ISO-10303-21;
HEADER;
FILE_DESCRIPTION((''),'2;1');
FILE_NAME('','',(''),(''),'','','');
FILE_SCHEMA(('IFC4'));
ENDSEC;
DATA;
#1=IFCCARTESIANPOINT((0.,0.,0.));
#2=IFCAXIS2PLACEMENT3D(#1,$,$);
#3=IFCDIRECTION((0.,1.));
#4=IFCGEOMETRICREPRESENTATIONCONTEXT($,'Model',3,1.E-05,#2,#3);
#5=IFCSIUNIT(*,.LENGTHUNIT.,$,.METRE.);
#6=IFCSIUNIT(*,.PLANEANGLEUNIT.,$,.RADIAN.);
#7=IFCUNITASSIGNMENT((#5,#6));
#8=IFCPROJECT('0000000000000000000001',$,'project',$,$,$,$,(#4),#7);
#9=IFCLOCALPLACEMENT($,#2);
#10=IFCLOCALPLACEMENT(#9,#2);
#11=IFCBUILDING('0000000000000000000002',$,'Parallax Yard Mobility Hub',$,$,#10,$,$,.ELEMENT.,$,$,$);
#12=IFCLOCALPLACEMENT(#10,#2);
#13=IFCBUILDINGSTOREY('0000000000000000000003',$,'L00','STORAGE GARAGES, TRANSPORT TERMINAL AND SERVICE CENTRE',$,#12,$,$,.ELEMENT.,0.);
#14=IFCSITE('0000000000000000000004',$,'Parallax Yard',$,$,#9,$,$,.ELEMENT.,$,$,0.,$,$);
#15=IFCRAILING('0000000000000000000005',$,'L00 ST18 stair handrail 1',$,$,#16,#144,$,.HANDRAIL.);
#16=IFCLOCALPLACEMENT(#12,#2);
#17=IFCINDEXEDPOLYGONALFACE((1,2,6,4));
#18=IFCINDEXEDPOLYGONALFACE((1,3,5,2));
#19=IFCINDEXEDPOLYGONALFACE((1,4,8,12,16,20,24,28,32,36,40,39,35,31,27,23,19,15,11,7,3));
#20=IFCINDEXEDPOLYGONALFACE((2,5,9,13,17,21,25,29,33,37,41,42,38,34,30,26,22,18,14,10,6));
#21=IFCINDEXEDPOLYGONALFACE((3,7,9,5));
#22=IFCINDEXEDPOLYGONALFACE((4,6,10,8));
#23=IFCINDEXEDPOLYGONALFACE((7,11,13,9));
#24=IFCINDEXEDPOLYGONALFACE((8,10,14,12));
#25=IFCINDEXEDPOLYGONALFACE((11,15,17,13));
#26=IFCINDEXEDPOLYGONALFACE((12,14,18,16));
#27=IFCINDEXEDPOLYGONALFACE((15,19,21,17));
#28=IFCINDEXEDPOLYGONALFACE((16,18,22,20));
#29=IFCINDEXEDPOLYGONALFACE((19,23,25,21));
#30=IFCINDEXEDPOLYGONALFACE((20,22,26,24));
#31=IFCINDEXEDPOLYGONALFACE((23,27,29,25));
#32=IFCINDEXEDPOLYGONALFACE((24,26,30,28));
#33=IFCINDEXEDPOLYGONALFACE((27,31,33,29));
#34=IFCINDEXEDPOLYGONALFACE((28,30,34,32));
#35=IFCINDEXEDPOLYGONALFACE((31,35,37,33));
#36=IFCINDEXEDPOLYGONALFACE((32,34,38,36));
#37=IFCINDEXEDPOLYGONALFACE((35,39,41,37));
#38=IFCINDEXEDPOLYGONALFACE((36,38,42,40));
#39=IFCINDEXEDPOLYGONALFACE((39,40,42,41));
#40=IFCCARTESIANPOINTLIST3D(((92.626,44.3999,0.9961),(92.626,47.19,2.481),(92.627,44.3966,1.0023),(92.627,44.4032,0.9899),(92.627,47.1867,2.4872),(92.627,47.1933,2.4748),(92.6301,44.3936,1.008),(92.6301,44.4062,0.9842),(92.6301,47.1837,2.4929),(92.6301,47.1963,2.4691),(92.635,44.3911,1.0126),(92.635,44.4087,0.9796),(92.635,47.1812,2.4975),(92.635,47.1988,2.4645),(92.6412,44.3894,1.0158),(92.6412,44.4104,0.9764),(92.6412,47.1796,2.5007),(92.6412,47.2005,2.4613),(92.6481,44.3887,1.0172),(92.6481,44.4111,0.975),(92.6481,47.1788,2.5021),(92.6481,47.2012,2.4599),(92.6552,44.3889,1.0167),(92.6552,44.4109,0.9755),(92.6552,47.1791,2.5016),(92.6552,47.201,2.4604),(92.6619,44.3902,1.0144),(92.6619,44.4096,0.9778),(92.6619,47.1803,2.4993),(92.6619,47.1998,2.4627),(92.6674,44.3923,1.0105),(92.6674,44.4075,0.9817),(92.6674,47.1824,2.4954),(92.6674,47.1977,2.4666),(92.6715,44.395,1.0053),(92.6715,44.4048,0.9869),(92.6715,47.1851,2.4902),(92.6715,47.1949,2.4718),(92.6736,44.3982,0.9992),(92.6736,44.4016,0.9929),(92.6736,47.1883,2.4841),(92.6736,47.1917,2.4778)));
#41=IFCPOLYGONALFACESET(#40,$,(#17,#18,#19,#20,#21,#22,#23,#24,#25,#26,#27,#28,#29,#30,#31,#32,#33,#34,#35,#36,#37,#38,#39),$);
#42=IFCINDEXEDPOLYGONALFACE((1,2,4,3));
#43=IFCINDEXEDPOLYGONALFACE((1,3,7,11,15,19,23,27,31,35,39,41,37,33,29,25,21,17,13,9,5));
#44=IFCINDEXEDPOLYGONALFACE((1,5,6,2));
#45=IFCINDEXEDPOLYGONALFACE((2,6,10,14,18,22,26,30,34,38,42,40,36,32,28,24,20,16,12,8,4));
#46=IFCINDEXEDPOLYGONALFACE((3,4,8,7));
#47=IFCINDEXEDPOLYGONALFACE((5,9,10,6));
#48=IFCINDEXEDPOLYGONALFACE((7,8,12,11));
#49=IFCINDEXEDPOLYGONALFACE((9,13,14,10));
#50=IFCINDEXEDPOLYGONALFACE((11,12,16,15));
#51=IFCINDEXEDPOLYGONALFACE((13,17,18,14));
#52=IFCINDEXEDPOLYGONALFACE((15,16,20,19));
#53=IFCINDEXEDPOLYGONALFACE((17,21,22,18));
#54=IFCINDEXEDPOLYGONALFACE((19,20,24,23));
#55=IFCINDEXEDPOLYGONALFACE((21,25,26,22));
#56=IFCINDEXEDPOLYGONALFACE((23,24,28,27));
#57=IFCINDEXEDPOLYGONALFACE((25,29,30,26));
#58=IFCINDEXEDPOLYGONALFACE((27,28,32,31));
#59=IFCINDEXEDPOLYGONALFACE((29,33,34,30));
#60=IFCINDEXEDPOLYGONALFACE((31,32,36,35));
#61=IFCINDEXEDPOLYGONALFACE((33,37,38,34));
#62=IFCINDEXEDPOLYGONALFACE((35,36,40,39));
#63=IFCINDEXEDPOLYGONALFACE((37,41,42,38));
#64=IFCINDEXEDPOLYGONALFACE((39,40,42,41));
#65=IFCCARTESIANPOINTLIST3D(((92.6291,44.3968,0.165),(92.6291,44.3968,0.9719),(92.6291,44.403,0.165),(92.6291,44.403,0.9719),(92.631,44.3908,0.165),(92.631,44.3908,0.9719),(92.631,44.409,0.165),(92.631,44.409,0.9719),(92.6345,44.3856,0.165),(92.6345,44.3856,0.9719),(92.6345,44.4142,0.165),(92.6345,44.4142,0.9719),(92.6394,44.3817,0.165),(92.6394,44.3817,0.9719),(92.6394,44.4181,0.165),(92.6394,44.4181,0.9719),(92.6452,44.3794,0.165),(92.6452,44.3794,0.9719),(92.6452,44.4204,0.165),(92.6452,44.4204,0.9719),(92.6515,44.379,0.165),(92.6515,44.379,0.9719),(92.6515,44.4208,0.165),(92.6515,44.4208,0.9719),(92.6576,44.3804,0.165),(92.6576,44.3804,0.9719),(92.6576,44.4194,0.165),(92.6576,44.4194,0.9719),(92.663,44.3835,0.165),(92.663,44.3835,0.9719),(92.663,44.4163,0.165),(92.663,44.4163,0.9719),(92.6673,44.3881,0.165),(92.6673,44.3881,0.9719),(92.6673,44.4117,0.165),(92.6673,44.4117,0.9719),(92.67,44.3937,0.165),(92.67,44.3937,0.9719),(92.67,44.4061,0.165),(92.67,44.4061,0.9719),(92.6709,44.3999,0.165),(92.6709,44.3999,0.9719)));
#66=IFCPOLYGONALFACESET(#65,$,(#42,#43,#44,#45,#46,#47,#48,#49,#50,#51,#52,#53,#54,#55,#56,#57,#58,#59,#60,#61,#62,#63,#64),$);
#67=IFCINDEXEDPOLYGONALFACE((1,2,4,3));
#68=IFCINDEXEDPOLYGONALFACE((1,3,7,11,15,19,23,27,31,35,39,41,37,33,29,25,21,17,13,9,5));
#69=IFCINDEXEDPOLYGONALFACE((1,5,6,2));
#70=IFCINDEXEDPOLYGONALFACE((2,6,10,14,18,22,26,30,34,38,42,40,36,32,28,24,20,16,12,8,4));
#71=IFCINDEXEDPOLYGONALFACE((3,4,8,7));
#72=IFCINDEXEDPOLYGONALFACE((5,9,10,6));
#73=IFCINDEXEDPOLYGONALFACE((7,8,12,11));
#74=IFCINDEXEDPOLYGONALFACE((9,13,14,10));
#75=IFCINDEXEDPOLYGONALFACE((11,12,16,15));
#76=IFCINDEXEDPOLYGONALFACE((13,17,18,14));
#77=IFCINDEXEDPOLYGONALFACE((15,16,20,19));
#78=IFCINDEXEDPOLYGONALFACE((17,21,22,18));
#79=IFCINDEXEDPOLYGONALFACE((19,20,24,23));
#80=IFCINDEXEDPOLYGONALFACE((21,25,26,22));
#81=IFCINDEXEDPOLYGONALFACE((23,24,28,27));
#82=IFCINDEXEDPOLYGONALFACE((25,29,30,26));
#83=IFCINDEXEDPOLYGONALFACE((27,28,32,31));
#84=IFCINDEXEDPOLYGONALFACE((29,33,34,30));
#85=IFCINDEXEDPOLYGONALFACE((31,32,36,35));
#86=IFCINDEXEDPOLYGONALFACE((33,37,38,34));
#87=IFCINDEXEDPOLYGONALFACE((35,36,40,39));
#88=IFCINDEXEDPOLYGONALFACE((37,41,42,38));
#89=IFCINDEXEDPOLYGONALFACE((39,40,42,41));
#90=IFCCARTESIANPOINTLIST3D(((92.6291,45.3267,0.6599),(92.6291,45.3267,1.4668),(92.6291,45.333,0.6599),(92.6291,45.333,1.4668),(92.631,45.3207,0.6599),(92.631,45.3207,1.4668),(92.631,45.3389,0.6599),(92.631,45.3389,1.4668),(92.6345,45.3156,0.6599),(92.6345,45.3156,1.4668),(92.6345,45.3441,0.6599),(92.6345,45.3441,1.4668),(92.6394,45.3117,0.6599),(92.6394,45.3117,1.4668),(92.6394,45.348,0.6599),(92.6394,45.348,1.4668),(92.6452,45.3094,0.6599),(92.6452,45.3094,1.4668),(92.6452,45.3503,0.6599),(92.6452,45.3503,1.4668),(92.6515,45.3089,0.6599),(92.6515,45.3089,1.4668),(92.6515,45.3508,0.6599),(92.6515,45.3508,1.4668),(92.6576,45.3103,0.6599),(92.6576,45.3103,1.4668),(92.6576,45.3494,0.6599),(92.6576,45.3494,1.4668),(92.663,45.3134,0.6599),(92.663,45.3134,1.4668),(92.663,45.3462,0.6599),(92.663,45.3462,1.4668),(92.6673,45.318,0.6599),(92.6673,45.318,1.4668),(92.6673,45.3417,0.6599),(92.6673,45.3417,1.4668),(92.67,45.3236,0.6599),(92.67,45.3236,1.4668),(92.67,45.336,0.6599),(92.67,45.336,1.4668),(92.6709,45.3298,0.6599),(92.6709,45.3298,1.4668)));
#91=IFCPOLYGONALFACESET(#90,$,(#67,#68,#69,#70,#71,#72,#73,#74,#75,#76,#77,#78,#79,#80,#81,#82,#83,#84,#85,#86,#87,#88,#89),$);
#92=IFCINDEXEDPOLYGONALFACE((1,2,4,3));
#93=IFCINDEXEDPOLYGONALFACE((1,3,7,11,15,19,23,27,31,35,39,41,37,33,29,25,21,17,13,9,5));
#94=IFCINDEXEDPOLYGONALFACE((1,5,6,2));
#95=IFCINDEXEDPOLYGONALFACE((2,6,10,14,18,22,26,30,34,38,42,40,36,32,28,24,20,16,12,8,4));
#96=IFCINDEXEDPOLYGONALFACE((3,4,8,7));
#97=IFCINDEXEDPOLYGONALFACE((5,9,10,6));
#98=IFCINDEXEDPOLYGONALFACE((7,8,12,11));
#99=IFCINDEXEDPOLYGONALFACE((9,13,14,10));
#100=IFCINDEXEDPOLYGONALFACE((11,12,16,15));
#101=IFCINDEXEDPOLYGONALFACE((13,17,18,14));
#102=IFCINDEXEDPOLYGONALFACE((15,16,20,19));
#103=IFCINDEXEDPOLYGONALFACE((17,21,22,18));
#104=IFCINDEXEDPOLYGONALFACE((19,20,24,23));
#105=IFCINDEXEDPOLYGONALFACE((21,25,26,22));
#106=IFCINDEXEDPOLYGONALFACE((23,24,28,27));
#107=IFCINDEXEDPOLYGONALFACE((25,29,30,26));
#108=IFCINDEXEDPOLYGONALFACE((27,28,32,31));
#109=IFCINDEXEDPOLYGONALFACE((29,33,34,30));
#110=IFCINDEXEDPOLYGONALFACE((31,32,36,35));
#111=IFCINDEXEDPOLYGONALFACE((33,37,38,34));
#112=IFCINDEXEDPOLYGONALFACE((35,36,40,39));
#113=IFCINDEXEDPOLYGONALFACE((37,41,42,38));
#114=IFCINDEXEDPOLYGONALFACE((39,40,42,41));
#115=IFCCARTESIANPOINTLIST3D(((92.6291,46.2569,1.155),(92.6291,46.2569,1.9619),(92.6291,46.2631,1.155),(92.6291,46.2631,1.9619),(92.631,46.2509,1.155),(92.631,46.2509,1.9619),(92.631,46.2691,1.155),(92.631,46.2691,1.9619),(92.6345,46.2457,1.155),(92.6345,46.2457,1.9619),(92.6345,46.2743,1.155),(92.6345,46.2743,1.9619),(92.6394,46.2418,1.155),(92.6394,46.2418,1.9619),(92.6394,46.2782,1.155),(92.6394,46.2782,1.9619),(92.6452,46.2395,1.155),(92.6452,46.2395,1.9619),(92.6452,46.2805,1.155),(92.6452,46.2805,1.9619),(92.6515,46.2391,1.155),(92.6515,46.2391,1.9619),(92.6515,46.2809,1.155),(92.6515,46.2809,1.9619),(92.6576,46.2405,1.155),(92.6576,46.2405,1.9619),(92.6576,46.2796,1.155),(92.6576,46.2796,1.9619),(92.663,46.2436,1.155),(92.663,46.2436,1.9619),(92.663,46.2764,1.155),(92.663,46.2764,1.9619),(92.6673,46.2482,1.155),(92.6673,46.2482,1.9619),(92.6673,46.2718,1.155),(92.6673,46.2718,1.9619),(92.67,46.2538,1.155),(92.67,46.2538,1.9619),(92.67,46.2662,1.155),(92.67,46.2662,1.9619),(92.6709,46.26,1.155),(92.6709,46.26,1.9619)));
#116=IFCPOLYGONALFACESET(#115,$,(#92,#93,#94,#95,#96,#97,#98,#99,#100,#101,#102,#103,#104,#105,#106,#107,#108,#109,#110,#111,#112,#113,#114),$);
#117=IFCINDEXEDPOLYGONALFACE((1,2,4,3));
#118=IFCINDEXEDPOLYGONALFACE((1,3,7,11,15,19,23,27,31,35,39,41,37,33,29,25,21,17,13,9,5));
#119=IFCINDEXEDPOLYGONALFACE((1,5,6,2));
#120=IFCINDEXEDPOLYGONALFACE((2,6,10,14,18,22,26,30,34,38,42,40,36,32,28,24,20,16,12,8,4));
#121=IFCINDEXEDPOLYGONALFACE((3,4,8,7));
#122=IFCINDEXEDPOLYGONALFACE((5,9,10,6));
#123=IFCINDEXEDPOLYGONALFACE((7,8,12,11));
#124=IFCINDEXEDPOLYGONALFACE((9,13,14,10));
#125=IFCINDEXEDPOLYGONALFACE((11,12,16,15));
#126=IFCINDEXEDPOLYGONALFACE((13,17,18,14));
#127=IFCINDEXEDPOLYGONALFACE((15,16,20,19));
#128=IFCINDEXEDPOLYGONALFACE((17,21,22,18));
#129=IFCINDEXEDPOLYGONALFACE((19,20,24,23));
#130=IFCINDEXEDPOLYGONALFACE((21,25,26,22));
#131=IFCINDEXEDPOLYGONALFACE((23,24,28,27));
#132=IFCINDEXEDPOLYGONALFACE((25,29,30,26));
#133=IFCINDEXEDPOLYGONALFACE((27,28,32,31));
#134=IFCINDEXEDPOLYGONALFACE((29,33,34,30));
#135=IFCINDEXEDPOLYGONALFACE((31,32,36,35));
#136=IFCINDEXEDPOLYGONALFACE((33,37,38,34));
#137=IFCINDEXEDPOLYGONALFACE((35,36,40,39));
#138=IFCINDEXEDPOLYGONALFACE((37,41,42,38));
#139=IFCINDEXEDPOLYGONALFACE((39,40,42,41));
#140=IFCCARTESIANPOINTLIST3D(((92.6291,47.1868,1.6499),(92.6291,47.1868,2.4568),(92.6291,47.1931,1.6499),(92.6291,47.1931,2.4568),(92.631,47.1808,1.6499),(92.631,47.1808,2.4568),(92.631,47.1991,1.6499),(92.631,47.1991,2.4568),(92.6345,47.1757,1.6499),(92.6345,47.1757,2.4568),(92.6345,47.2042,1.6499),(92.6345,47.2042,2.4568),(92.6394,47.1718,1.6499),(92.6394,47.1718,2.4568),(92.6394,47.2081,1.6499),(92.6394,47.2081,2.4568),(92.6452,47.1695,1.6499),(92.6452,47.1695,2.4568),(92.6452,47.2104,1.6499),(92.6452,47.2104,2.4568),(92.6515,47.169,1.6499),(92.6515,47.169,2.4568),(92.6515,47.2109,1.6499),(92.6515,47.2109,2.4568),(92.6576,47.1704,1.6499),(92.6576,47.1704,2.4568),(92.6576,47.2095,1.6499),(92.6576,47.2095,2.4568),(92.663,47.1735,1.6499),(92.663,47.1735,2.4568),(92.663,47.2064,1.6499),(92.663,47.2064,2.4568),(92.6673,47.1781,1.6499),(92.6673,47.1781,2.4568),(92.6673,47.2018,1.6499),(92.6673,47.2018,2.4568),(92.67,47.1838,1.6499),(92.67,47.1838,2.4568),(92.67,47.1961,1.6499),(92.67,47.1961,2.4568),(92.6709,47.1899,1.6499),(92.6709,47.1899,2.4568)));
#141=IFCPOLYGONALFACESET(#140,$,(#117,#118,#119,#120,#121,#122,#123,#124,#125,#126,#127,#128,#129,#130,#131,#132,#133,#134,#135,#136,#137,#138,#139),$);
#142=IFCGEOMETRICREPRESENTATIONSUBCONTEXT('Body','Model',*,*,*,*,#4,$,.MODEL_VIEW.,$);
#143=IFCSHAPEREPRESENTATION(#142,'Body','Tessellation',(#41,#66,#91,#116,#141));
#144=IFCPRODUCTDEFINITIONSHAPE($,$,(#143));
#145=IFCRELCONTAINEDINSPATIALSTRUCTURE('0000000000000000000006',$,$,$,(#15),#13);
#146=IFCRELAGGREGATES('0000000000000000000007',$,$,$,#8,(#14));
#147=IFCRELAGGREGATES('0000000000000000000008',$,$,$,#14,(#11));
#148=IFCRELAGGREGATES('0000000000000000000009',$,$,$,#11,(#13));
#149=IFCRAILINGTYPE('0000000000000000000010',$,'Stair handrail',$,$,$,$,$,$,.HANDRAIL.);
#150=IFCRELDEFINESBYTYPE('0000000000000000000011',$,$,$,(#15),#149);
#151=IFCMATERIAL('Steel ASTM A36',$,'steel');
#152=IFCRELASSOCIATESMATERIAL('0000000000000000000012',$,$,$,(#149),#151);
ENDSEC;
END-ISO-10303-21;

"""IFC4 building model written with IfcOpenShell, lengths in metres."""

from ifc_helpers import new_model, si_unit, direction, frame, origin, origin_2d, place, context, subcontext, project, spatial, circle, extrude, material, type_object, element, save


model = new_model("IFC4")

# Units and contexts
model_context = context("Model", 3, precision=1e-05, world=origin(), true_north=direction((0.0, 1.0)))
body_context = subcontext(model_context, "Body", "Model", "MODEL_VIEW")
ifc_project = project(units=[si_unit("LENGTHUNIT", "METRE"), si_unit("PLANEANGLEUNIT", "RADIAN")], contexts=[model_context])

# Site, building, storey
site_placement = place(None, origin())
site = spatial("IfcSite", under=ifc_project, at=site_placement, Name="Parallax Yard", CompositionType="ELEMENT", RefElevation=0.0)
building_placement = place(site_placement, origin())
building = spatial("IfcBuilding", under=site, at=building_placement, Name="Parallax Yard Mobility Hub", CompositionType="ELEMENT")
storey_placement = place(building_placement, origin())
storey = spatial("IfcBuildingStorey", under=building, at=storey_placement, Name="L00", Description="STORAGE GARAGES, TRANSPORT TERMINAL AND SERVICE CENTRE", CompositionType="ELEMENT", Elevation=0.0)

# Railing
ifc_material_1 = material(Name="Steel ASTM A36", Category="steel")
railing_type_1 = type_object("IfcRailingType", Name="Stair handrail", PredefinedType="HANDRAIL", material=ifc_material_1)
railing_1_placement = place(storey_placement, frame((92.6499, 44.3999, 0.165)))
element("IfcRailing", 1, at=railing_1_placement, inside=storey, type_object=railing_type_1, Name="L00 ST18 stair handrail 1", PredefinedType="HANDRAIL", context=body_context, shape_type="SweptSolid", body=[
    extrude(circle(Radius=0.0239, at=origin_2d()), frame((0.0, 0.0, 0.8311), z_axis=(0.0, 0.882767, 0.46981), x_axis=(-1.0, 0.0, 0.0)), (0.0, 0.0, 1.0), 3.1606),
    extrude(circle(Radius=0.021, at=origin_2d()), origin(), (0.0, 0.0, 1.0), 0.8069),
    extrude(circle(Radius=0.021, at=origin_2d()), frame((0.0, 0.9299, 0.4949)), (0.0, 0.0, 1.0), 0.8069),
    extrude(circle(Radius=0.021, at=origin_2d()), frame((0.0, 1.8601, 0.99)), (0.0, 0.0, 1.0), 0.8069),
    extrude(circle(Radius=0.021, at=origin_2d()), frame((0.0, 2.79, 1.4849)), (0.0, 0.0, 1.0), 0.8069),
])

save(model, "model.ifc")
